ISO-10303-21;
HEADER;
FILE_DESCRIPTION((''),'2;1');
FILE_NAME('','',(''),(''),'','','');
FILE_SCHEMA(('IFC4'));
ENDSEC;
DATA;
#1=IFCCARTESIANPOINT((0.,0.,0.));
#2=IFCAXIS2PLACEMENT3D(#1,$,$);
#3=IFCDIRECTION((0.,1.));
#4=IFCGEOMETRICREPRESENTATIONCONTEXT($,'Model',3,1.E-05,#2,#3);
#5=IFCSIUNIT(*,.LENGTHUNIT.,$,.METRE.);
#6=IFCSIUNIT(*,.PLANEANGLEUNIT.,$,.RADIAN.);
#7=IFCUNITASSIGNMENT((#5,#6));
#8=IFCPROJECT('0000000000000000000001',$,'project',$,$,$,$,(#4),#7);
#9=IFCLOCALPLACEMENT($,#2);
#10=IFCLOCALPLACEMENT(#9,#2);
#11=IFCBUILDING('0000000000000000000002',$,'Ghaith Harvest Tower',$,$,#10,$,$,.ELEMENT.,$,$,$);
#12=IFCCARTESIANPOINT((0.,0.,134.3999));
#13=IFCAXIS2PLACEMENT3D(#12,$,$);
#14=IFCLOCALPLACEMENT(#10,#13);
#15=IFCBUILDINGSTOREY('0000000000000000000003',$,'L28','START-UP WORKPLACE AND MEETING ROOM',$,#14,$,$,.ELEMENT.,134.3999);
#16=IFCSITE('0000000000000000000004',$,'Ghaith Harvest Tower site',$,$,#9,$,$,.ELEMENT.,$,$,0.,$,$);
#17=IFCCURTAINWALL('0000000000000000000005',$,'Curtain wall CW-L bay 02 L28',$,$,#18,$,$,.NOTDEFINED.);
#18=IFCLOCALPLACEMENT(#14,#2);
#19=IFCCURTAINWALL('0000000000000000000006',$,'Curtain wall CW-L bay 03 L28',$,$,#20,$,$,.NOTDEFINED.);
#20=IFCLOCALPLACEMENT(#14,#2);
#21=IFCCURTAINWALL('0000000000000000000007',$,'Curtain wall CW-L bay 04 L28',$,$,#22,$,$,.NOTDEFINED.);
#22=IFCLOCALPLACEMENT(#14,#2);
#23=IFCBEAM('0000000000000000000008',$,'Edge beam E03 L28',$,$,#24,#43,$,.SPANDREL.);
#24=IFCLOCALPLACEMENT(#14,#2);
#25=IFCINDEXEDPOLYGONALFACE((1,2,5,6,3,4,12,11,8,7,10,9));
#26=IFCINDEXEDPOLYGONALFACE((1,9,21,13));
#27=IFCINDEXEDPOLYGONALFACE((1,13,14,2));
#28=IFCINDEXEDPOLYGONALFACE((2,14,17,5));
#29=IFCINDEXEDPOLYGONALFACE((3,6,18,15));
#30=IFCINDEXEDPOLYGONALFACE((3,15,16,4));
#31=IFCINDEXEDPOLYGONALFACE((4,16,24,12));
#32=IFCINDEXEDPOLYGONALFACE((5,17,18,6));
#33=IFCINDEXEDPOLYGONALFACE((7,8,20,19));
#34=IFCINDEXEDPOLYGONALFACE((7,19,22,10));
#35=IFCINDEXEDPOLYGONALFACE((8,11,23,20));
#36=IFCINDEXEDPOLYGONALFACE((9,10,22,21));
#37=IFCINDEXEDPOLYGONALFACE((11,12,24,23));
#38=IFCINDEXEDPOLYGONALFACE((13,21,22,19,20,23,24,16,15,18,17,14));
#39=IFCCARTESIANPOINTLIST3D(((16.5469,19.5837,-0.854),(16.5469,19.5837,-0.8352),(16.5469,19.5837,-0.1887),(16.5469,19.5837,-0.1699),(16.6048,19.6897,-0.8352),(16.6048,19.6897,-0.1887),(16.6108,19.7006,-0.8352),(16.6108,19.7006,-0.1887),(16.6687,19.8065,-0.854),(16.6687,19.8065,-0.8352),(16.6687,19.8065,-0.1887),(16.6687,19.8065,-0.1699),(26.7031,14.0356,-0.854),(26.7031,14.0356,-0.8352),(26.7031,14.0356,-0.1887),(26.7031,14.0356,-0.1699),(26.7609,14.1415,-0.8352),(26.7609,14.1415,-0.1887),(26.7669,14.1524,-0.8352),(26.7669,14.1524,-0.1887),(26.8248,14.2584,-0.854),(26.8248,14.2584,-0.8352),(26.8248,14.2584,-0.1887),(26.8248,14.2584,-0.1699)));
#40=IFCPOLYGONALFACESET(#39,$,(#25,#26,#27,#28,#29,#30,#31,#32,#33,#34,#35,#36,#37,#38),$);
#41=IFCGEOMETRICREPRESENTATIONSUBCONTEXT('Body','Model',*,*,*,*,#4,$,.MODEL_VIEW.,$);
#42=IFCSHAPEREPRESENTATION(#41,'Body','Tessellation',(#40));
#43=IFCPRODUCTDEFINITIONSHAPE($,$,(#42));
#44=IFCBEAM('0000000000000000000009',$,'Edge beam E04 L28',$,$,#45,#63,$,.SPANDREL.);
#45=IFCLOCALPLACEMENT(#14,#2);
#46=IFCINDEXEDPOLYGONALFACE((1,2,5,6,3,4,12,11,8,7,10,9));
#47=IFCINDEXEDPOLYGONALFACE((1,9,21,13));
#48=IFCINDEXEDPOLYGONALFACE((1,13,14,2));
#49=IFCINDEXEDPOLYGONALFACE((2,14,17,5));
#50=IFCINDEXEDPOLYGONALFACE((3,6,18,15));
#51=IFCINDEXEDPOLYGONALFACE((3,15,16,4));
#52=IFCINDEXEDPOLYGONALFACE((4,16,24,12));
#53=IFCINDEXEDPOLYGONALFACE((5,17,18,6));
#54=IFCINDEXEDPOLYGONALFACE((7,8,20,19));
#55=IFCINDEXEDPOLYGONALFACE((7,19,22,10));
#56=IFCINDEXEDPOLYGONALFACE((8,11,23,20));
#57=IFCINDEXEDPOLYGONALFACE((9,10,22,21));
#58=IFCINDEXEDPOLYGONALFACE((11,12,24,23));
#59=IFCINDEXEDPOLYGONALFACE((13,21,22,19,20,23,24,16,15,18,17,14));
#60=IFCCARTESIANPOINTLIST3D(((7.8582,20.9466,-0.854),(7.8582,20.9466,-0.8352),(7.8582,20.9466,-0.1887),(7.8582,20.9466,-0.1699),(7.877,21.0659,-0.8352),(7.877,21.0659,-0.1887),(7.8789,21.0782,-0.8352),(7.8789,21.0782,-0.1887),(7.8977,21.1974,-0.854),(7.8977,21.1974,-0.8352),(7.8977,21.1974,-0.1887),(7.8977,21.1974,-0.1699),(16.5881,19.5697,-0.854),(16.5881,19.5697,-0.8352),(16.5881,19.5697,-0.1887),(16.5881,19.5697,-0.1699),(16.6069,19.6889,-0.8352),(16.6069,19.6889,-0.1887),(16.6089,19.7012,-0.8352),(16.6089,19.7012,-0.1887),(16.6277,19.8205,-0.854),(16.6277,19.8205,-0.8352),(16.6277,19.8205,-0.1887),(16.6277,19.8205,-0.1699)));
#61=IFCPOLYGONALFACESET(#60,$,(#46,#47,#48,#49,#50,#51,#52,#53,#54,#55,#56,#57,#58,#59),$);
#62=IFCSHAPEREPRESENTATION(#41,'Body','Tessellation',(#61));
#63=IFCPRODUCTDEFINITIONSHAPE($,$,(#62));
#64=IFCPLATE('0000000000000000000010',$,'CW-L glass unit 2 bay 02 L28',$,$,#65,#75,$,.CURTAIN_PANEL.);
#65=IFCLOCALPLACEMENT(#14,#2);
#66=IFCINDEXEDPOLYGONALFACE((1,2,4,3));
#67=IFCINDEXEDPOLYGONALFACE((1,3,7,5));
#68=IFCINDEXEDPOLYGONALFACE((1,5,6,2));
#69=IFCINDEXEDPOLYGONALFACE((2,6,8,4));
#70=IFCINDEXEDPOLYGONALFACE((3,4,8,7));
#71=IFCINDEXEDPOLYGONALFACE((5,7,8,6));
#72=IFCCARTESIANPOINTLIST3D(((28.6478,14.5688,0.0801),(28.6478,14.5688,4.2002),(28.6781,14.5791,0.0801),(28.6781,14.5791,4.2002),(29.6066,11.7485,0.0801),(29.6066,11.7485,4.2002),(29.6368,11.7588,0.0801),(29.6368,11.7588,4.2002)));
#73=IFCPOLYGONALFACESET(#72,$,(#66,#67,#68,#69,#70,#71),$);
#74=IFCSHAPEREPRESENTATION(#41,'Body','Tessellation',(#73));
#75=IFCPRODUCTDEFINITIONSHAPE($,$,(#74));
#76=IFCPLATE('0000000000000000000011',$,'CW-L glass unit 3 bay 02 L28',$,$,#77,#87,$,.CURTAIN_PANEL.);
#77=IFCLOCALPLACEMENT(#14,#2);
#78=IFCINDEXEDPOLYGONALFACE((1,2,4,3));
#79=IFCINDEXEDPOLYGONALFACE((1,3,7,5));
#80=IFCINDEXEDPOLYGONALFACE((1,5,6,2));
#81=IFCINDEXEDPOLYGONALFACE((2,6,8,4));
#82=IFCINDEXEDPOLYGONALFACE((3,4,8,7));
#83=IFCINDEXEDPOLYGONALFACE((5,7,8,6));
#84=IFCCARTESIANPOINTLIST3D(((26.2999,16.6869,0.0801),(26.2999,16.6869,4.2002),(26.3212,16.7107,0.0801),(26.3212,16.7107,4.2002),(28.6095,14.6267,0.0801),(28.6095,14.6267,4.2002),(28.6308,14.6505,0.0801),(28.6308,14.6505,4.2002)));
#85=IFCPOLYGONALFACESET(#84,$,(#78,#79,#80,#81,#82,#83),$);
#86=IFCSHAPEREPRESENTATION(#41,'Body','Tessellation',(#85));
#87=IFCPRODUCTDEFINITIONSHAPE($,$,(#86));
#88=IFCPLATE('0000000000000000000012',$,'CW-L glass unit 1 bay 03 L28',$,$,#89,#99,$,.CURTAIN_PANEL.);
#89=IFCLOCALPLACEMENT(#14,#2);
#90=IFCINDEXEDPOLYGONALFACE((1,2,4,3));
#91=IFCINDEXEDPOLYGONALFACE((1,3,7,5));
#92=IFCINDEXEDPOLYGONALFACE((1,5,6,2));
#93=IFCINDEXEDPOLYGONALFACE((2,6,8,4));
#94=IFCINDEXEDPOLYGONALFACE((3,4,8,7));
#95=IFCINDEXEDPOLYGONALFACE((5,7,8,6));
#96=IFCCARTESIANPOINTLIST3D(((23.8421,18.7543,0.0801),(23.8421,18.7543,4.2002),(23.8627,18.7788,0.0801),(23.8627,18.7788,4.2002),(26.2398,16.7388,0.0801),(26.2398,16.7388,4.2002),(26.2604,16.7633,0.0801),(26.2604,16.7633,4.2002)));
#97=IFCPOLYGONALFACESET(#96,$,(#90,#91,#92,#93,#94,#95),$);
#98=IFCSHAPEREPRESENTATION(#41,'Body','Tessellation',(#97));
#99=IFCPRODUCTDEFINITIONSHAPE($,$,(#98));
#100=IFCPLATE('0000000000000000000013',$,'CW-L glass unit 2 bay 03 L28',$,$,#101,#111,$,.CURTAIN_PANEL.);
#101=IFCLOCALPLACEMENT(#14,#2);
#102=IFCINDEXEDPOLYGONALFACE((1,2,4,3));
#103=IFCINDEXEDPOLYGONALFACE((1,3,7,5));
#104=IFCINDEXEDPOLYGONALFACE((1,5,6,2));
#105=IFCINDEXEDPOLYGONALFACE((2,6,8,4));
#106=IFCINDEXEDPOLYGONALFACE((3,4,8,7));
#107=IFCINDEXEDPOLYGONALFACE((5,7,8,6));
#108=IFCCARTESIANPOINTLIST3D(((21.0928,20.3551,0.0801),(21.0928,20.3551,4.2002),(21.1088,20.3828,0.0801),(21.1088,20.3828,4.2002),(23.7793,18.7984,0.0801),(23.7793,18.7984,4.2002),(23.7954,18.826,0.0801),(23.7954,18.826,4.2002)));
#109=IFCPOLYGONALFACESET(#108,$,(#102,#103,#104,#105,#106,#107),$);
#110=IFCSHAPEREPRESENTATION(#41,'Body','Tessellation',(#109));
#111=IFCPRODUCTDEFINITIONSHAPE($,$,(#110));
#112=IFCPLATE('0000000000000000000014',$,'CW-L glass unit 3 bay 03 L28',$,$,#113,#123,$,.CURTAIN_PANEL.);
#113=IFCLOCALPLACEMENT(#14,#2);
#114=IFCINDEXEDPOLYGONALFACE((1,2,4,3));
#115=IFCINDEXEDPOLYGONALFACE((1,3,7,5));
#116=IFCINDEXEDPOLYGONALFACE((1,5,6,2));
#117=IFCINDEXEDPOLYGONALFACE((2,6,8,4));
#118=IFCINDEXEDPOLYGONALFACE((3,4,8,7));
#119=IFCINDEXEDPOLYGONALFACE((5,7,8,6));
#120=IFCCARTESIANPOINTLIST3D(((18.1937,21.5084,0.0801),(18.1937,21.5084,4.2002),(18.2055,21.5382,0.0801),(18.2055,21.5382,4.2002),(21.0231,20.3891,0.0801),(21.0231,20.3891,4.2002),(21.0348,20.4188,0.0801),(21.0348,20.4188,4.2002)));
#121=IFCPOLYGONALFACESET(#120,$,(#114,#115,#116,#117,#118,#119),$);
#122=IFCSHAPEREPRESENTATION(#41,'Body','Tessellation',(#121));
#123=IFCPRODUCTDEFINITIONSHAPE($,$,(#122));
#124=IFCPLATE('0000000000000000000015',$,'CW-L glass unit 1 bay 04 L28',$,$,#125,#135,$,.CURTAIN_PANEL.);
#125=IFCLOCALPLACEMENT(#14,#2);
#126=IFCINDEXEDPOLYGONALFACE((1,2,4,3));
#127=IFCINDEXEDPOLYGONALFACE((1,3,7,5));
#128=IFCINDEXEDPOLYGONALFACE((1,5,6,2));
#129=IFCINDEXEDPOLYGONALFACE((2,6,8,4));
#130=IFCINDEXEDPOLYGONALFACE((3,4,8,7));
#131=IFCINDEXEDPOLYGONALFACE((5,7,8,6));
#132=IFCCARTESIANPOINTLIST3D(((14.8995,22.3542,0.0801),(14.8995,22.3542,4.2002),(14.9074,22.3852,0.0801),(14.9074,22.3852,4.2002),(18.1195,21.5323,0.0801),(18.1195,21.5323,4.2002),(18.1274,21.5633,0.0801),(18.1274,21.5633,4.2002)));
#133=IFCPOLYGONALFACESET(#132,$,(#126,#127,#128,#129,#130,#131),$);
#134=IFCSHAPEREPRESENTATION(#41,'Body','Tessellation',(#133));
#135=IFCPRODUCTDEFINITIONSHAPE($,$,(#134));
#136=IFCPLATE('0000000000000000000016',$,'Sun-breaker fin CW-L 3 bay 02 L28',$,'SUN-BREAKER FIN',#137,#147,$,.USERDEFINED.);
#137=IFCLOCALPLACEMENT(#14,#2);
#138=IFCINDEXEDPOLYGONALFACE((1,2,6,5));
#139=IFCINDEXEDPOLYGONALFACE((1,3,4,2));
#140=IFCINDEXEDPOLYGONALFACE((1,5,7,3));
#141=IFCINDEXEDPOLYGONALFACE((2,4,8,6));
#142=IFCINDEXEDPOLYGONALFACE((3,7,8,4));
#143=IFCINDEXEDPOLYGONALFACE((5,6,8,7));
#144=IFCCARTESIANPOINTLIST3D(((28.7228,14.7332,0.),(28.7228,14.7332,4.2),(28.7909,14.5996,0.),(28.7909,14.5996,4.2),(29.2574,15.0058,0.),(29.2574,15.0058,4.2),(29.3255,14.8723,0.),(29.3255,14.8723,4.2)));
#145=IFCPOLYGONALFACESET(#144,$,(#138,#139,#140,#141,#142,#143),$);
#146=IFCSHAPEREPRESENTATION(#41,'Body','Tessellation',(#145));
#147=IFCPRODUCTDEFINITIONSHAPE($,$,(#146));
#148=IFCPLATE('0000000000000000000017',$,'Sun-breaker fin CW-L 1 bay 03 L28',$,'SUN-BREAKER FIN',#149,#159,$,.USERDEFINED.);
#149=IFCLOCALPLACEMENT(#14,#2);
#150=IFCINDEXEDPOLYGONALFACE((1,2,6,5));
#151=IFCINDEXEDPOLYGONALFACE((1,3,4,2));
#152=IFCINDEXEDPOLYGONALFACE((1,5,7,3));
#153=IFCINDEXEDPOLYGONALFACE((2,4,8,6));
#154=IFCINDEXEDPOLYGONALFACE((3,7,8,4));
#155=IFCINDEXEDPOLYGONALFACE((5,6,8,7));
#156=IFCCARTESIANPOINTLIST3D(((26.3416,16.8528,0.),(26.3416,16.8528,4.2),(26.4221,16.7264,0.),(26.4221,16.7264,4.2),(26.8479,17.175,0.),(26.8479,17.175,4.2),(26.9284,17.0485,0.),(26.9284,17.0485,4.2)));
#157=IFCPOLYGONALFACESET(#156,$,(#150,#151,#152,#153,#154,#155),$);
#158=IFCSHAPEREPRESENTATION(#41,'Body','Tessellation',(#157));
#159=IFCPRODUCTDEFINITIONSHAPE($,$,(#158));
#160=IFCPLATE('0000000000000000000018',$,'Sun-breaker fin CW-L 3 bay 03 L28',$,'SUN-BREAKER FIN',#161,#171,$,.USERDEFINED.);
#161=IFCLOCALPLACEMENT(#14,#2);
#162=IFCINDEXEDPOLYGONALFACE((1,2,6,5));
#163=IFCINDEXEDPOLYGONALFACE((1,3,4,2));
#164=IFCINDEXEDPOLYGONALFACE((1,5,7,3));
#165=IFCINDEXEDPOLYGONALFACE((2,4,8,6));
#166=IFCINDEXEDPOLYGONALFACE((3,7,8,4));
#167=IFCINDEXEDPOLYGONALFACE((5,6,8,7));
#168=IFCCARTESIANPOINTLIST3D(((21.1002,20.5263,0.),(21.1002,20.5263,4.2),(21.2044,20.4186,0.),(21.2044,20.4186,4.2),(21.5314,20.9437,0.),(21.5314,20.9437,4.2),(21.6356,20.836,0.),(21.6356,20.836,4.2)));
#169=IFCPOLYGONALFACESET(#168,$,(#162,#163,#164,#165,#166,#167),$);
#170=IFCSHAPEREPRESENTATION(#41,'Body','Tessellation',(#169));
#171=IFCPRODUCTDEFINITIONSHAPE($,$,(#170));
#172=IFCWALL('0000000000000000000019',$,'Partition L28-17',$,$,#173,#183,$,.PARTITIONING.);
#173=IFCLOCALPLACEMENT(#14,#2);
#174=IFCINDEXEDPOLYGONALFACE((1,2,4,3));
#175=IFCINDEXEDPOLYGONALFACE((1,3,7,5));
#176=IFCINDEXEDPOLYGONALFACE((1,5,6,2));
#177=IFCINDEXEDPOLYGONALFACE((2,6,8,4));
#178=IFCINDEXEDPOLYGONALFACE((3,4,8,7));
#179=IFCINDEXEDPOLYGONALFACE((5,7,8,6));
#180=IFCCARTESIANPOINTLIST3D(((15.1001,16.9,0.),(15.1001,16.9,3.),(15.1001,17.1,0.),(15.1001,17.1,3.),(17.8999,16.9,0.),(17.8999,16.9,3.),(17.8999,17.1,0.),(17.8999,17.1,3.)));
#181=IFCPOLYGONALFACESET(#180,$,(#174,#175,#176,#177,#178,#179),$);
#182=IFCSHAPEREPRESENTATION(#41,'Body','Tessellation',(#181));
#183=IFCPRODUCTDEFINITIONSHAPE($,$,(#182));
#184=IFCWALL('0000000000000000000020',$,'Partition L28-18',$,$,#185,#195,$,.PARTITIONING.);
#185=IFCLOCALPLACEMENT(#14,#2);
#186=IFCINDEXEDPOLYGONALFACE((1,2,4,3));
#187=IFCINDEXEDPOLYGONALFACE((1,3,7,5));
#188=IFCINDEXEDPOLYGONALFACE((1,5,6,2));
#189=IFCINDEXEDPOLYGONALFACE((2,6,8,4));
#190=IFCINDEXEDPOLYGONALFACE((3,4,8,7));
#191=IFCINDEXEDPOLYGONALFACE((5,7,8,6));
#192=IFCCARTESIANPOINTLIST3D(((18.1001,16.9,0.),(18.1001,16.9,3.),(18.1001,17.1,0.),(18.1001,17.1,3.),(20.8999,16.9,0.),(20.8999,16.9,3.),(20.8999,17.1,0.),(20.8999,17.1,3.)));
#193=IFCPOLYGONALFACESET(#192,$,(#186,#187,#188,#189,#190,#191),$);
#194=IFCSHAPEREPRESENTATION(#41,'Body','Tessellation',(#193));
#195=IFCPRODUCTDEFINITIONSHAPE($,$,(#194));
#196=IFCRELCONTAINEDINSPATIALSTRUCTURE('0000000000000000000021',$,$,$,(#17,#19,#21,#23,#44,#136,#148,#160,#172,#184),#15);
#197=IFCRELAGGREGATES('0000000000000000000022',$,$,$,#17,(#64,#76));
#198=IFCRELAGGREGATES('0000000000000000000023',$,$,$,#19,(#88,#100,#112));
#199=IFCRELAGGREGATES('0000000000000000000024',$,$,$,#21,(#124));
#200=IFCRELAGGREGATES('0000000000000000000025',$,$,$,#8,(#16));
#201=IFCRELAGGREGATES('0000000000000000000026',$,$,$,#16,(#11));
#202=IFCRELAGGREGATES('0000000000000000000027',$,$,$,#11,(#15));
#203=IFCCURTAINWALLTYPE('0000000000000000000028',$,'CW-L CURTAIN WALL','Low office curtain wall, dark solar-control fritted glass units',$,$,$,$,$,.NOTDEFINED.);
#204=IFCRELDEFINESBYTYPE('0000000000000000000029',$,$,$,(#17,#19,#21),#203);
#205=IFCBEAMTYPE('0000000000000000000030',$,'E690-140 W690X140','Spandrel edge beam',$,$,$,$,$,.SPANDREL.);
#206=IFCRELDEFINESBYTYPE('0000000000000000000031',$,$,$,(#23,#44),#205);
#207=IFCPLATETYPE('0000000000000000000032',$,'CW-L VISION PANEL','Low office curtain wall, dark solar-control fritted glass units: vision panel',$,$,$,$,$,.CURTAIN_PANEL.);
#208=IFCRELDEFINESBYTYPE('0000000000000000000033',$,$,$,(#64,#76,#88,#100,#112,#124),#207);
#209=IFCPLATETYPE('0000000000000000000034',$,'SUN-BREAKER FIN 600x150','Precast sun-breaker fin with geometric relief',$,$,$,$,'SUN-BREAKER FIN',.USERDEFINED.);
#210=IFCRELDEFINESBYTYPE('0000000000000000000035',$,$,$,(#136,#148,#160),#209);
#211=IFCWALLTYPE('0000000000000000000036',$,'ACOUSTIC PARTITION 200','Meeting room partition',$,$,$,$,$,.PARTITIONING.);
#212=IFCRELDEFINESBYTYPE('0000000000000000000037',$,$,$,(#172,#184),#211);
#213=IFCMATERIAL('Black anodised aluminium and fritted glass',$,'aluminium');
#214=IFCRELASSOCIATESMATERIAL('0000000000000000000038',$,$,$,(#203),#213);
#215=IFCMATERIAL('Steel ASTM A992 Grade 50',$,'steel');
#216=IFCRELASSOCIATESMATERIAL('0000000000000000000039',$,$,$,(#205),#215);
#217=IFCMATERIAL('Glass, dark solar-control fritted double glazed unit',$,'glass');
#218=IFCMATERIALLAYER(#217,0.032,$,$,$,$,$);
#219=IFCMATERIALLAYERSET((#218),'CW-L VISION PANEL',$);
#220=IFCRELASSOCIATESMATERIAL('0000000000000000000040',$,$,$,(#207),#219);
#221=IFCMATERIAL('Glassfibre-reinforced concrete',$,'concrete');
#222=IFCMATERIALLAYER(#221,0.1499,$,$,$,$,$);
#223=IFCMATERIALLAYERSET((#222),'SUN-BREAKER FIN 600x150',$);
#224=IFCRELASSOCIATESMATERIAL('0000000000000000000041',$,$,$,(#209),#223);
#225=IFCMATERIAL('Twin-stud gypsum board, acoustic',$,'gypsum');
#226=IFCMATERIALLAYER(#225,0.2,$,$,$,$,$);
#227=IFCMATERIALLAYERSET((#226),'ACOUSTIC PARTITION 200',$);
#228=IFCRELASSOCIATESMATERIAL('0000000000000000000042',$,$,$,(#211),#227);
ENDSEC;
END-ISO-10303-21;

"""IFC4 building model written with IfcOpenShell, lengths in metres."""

from ifc_helpers import new_model, si_unit, direction, frame, frame_2d, origin, origin_2d, place, context, subcontext, project, spatial, rectangle, i_section, extrude, material, layer, layer_set, material_profile, profile_set, type_object, element, aggregate, save


model = new_model("IFC4")

# Units and contexts
model_context = context("Model", 3, precision=1e-05, world=origin(), true_north=direction((0.0, 1.0)))
body_context = subcontext(model_context, "Body", "Model", "MODEL_VIEW")
ifc_project = project(units=[si_unit("LENGTHUNIT", "METRE"), si_unit("PLANEANGLEUNIT", "RADIAN")], contexts=[model_context])

# Site, building, storey
site_placement = place(None, origin())
site = spatial("IfcSite", under=ifc_project, at=site_placement, Name="Ghaith Harvest Tower site", CompositionType="ELEMENT", RefElevation=0.0)
building_placement = place(site_placement, origin())
building = spatial("IfcBuilding", under=site, at=building_placement, Name="Ghaith Harvest Tower", CompositionType="ELEMENT")
storey_placement = place(building_placement, frame((0.0, 0.0, 134.3999)))
storey = spatial("IfcBuildingStorey", under=building, at=storey_placement, Name="L28", Description="START-UP WORKPLACE AND MEETING ROOM", CompositionType="ELEMENT", Elevation=134.3999)

# Curtain wall
ifc_material_1 = material(Name="Black anodised aluminium and fritted glass", Category="aluminium")
curtain_wall_type = type_object("IfcCurtainWallType", Name="CW-L CURTAIN WALL", Description="Low office curtain wall, dark solar-control fritted glass units", PredefinedType="NOTDEFINED", material=ifc_material_1)
curtain_wall_1_placement = place(storey_placement, origin())
curtain_wall_1 = element("IfcCurtainWall", 1, at=curtain_wall_1_placement, inside=storey, type_object=curtain_wall_type, Name="Curtain wall CW-L bay 02 L28", PredefinedType="NOTDEFINED")

# Curtain walls
curtain_wall_2_placement = place(storey_placement, origin())
curtain_wall_2 = element("IfcCurtainWall", 2, at=curtain_wall_2_placement, inside=storey, type_object=curtain_wall_type, Name="Curtain wall CW-L bay 03 L28", PredefinedType="NOTDEFINED")
curtain_wall_3_placement = place(storey_placement, origin())
curtain_wall_3 = element("IfcCurtainWall", 3, at=curtain_wall_3_placement, inside=storey, type_object=curtain_wall_type, Name="Curtain wall CW-L bay 04 L28", PredefinedType="NOTDEFINED")

# Beams
ifc_material_2 = material(Name="Steel ASTM A992 Grade 50", Category="steel")
ifc_material_profile_1 = material_profile(ifc_material_2, i_section(OverallWidth=0.2539, OverallDepth=0.6841, WebThickness=0.0125, FlangeThickness=0.0188, at=origin_2d()), Name="W690X140")
ifc_profile_set_1 = profile_set([ifc_material_profile_1], Name="Steel ASTM A992 Grade 50")
beam_type = type_object("IfcBeamType", Name="E690-140 W690X140", Description="Spandrel edge beam", PredefinedType="SPANDREL", material=ifc_profile_set_1)
beam_1_placement = place(storey_placement, frame((26.7639, 14.147, -0.512), z_axis=(-0.877588, 0.479415, 0.0), x_axis=(-0.479415, -0.877588, 0.0)))
element("IfcBeam", 4, at=beam_1_placement, inside=storey, type_object=beam_type, Name="Edge beam E03 L28", PredefinedType="SPANDREL", context=body_context, shape_type="SweptSolid", body=[
    extrude(i_section(OverallWidth=0.2539, OverallDepth=0.6841, WebThickness=0.0125, FlangeThickness=0.0188, at=origin_2d()), origin(), (0.0, 0.0, 1.0), 11.5728),
])
beam_2_placement = place(storey_placement, frame((16.6079, 19.6951, -0.512), z_axis=(-0.987788, 0.155801, 0.0), x_axis=(-0.155801, -0.987788, 0.0)))
element("IfcBeam", 5, at=beam_2_placement, inside=storey, type_object=beam_type, Name="Edge beam E04 L28", PredefinedType="SPANDREL", context=body_context, shape_type="SweptSolid", body=[
    extrude(i_section(OverallWidth=0.2539, OverallDepth=0.6841, WebThickness=0.0125, FlangeThickness=0.0188, at=origin_2d()), origin(), (0.0, 0.0, 1.0), 8.8379),
])

# Plates
ifc_material_3 = material(Name="Glass, dark solar-control fritted double glazed unit", Category="glass")
ifc_layer_1 = layer(ifc_material_3, 0.032)
ifc_layer_set_1 = layer_set([ifc_layer_1], Name="CW-L VISION PANEL")
plate_type_1 = type_object("IfcPlateType", Name="CW-L VISION PANEL", Description="Low office curtain wall, dark solar-control fritted glass units: vision panel", PredefinedType="CURTAIN_PANEL", material=ifc_layer_set_1)
plate_1_placement = place(storey_placement, frame((29.1423, 13.1638, 0.0801), z_axis=(0.0, 0.0, 1.0), x_axis=(-0.321853, 0.94679, 0.0)))
plate_1 = element("IfcPlate", 6, at=plate_1_placement, type_object=plate_type_1, Name="CW-L glass unit 2 bay 02 L28", PredefinedType="CURTAIN_PANEL", context=body_context, shape_type="SweptSolid", body=[
    extrude(rectangle(XDim=2.9788, YDim=0.032, at=origin_2d()), origin(), (0.0, 0.0, 1.0), 4.1201),
])
plate_2_placement = place(storey_placement, frame((27.4653, 15.6687, 0.0801), z_axis=(0.0, 0.0, 1.0), x_axis=(-0.746251, 0.665665, 0.0)))
plate_2 = element("IfcPlate", 7, at=plate_2_placement, type_object=plate_type_1, Name="CW-L glass unit 3 bay 02 L28", PredefinedType="CURTAIN_PANEL", context=body_context, shape_type="SweptSolid", body=[
    extrude(rectangle(XDim=3.095, YDim=0.032, at=origin_2d()), origin(), (0.0, 0.0, 1.0), 4.1201),
])
aggregate(curtain_wall_1, [plate_1, plate_2])
plate_3_placement = place(storey_placement, frame((25.0513, 17.7588, 0.0801), z_axis=(0.0, 0.0, 1.0), x_axis=(-0.765473, 0.643468, 0.0)))
plate_3 = element("IfcPlate", 8, at=plate_3_placement, type_object=plate_type_1, Name="CW-L glass unit 1 bay 03 L28", PredefinedType="CURTAIN_PANEL", context=body_context, shape_type="SweptSolid", body=[
    extrude(rectangle(XDim=3.1323, YDim=0.032, at=origin_2d()), origin(), (0.0, 0.0, 1.0), 4.1201),
])
plate_4_placement = place(storey_placement, frame((22.4441, 19.5906, 0.0801), z_axis=(0.0, 0.0, 1.0), x_axis=(-0.865232, 0.501372, 0.0)))
plate_4 = element("IfcPlate", 9, at=plate_4_placement, type_object=plate_type_1, Name="CW-L glass unit 2 bay 03 L28", PredefinedType="CURTAIN_PANEL", context=body_context, shape_type="SweptSolid", body=[
    extrude(rectangle(XDim=3.105, YDim=0.032, at=origin_2d()), origin(), (0.0, 0.0, 1.0), 4.1201),
])
plate_5_placement = place(storey_placement, frame((19.6143, 20.9636, 0.0801), z_axis=(0.0, 0.0, 1.0), x_axis=(-0.929877, 0.367872, 0.0)))
plate_5 = element("IfcPlate", 10, at=plate_5_placement, type_object=plate_type_1, Name="CW-L glass unit 3 bay 03 L28", PredefinedType="CURTAIN_PANEL", context=body_context, shape_type="SweptSolid", body=[
    extrude(rectangle(XDim=3.0427, YDim=0.032, at=origin_2d()), origin(), (0.0, 0.0, 1.0), 4.1201),
])
aggregate(curtain_wall_2, [plate_3, plate_4, plate_5])
plate_6_placement = place(storey_placement, frame((16.5134, 21.9587, 0.0801), z_axis=(0.0, 0.0, 1.0), x_axis=(-0.968931, 0.247331, 0.0)))
plate_6 = element("IfcPlate", 11, at=plate_6_placement, type_object=plate_type_1, Name="CW-L glass unit 1 bay 04 L28", PredefinedType="CURTAIN_PANEL", context=body_context, shape_type="SweptSolid", body=[
    extrude(rectangle(XDim=3.3232, YDim=0.032, at=origin_2d()), origin(), (0.0, 0.0, 1.0), 4.1201),
])
aggregate(curtain_wall_3, [plate_6])

# Plates
ifc_material_4 = material(Name="Glassfibre-reinforced concrete", Category="concrete")
ifc_layer_2 = layer(ifc_material_4, 0.1499)
ifc_layer_set_2 = layer_set([ifc_layer_2], Name="SUN-BREAKER FIN 600x150")
plate_type_2 = type_object("IfcPlateType", Name="SUN-BREAKER FIN 600x150", Description="Precast sun-breaker fin with geometric relief", ElementType="SUN-BREAKER FIN", PredefinedType="USERDEFINED", material=ifc_layer_set_2)
for number, where, z_axis, x_axis, name in (
    (12, (29.0242, 14.8027, 0.0), (0.0, 0.0, 1.0), (0.890831, 0.454335, 0.0), "Sun-breaker fin CW-L 3 bay 02 L28"),
    (13, (26.635, 16.9507, 0.0), (0.0, 0.0, 1.0), (0.843644, 0.536903, 0.0), "Sun-breaker fin CW-L 1 bay 03 L28"),
    (14, (21.3679, 20.6812, 0.0), (0.0, 0.0, 1.0), (0.718559, 0.695466, 0.0), "Sun-breaker fin CW-L 3 bay 03 L28"),
):
    element("IfcPlate", number, at=place(storey_placement, frame(where, z_axis=z_axis, x_axis=x_axis)), inside=storey, type_object=plate_type_2, Name=name, ObjectType="SUN-BREAKER FIN", PredefinedType="USERDEFINED", context=body_context, shape_type="SweptSolid", body=[
        extrude(rectangle(XDim=0.6001, YDim=0.1499, at=origin_2d()), origin(), (0.0, 0.0, 1.0), 4.2),
    ])

# Walls
ifc_material_5 = material(Name="Twin-stud gypsum board, acoustic", Category="gypsum")
ifc_layer_3 = layer(ifc_material_5, 0.2)
ifc_layer_set_3 = layer_set([ifc_layer_3], Name="ACOUSTIC PARTITION 200")
wall_type_1 = type_object("IfcWallType", Name="ACOUSTIC PARTITION 200", Description="Meeting room partition", PredefinedType="PARTITIONING", material=ifc_layer_set_3)
for number, where, z_axis, x_axis, name in (
    (15, (15.1001, 17.0, 0.0), (0.0, 0.0, 1.0), (1.0, 0.0, 0.0), "Partition L28-17"),
    (16, (18.1001, 17.0, 0.0), (0.0, 0.0, 1.0), (1.0, 0.0, 0.0), "Partition L28-18"),
):
    element("IfcWall", number, at=place(storey_placement, frame(where, z_axis=z_axis, x_axis=x_axis)), inside=storey, type_object=wall_type_1, Name=name, PredefinedType="PARTITIONING", context=body_context, shape_type="SweptSolid", body=[
        extrude(rectangle(XDim=2.7998, YDim=0.2, at=frame_2d((1.3999, 0.0))), origin(), (0.0, 0.0, 1.0), 3.0),
    ])

save(model, "model.ifc")
